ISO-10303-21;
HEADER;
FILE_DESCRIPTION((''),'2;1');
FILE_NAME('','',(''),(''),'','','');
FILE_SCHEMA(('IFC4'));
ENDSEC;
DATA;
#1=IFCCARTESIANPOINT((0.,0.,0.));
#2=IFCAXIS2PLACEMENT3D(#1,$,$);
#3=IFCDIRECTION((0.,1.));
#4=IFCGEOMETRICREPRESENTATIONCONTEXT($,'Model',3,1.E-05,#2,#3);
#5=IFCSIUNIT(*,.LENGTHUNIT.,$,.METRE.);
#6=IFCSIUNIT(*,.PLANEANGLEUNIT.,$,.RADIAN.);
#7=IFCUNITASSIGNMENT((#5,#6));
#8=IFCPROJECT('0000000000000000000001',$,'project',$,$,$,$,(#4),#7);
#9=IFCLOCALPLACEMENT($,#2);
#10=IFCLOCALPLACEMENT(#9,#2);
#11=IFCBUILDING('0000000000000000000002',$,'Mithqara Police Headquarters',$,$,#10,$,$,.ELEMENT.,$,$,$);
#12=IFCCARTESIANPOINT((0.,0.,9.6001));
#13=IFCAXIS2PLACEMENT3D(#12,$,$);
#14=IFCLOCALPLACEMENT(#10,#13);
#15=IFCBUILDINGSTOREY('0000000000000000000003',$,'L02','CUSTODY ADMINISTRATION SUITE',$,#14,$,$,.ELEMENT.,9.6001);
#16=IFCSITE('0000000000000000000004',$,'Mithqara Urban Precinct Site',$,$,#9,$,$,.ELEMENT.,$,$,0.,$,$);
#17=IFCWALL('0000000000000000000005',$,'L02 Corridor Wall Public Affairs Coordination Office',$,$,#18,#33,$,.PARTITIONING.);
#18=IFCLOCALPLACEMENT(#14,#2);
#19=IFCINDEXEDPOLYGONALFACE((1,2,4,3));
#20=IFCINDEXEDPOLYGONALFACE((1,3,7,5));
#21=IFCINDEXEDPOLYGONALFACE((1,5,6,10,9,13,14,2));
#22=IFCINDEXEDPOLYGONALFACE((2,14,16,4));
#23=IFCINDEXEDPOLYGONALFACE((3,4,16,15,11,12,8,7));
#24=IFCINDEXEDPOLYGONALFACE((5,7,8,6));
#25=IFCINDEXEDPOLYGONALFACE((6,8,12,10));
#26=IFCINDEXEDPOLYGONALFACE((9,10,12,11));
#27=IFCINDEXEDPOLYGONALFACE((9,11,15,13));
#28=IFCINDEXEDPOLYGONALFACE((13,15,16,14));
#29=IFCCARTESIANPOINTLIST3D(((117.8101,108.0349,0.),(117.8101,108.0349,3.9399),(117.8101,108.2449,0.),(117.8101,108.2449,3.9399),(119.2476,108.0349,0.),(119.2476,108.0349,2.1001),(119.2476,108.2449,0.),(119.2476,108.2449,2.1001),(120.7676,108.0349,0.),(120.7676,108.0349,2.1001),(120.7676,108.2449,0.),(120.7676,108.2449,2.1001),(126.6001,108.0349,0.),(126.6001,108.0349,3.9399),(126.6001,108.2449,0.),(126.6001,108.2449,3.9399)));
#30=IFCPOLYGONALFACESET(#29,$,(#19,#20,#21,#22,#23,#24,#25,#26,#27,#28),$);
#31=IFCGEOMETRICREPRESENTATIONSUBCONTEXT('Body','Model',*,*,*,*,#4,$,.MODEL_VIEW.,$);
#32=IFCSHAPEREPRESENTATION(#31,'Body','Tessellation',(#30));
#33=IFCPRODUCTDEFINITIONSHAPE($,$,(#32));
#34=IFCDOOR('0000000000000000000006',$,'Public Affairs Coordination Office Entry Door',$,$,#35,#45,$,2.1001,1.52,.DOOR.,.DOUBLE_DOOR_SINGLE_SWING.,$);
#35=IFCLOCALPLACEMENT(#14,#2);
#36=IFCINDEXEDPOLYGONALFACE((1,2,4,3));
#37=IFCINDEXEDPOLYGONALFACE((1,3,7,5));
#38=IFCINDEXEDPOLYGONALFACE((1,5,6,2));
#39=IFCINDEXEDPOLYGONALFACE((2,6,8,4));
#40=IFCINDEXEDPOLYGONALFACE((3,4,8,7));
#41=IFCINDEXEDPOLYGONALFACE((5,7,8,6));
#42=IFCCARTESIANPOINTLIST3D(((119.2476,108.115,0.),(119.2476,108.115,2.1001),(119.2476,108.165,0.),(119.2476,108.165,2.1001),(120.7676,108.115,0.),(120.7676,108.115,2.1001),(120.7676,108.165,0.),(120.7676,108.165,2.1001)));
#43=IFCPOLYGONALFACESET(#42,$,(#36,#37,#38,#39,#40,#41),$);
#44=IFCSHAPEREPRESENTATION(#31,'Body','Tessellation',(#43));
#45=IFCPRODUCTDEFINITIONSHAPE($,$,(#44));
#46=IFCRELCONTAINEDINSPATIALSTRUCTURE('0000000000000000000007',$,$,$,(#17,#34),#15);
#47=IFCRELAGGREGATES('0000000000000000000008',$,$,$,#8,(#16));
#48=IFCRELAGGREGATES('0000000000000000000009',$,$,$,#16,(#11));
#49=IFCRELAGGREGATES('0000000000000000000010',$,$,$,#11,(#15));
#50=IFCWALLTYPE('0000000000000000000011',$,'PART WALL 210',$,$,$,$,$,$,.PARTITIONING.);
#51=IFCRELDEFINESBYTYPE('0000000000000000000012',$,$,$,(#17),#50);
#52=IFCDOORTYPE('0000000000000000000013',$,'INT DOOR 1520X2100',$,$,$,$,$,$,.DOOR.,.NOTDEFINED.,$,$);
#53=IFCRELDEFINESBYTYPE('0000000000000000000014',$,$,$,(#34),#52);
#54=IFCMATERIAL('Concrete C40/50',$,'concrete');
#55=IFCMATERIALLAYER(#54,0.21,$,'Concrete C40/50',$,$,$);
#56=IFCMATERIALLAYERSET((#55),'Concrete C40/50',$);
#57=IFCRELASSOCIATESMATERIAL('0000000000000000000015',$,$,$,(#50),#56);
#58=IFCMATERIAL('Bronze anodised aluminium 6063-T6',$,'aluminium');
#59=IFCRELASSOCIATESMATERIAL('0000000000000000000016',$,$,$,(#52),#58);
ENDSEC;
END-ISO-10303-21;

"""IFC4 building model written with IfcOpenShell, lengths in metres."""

from ifc_helpers import new_model, si_unit, direction, frame, frame_2d, origin, place, context, subcontext, project, spatial, rectangle, extrude, material, layer, layer_set, type_object, element, fill, save


model = new_model("IFC4")

# Units and contexts
model_context = context("Model", 3, precision=1e-05, world=origin(), true_north=direction((0.0, 1.0)))
body_context = subcontext(model_context, "Body", "Model", "MODEL_VIEW")
ifc_project = project(units=[si_unit("LENGTHUNIT", "METRE"), si_unit("PLANEANGLEUNIT", "RADIAN")], contexts=[model_context])

# Site, building, storey
site_placement = place(None, origin())
site = spatial("IfcSite", under=ifc_project, at=site_placement, Name="Mithqara Urban Precinct Site", CompositionType="ELEMENT", RefElevation=0.0)
building_placement = place(site_placement, origin())
building = spatial("IfcBuilding", under=site, at=building_placement, Name="Mithqara Police Headquarters", CompositionType="ELEMENT")
storey_placement = place(building_placement, frame((0.0, 0.0, 9.6001)))
storey = spatial("IfcBuildingStorey", under=building, at=storey_placement, Name="L02", Description="CUSTODY ADMINISTRATION SUITE", CompositionType="ELEMENT", Elevation=9.6001)

# Shared definitions
ifc_material_1 = material(Name="Concrete C40/50", Category="concrete")

# Shared definitions
ifc_layer = layer(ifc_material_1, 0.21, Name="Concrete C40/50")
ifc_layer_set = layer_set([ifc_layer], Name="Concrete C40/50")
wall_type = type_object("IfcWallType", Name="PART WALL 210", PredefinedType="PARTITIONING", material=ifc_layer_set)

# Wall, opening, door
wall_1_placement = place(storey_placement, frame((117.8101, 108.1399, 0.0), z_axis=(0.0, 0.0, 1.0), x_axis=(1.0, 0.0, 0.0)))
wall_1 = element("IfcWall", 1, at=wall_1_placement, inside=storey, type_object=wall_type, Name="L02 Corridor Wall Public Affairs Coordination Office", PredefinedType="PARTITIONING", context=body_context, shape_type="SweptSolid", body=[
    extrude(rectangle(XDim=8.79, YDim=0.21, at=frame_2d((4.395, 0.0))), origin(), (0.0, 0.0, 1.0), 3.9399),
])
opening_placement = place(wall_1_placement, frame((1.4375, 0.0, 0.0)))
opening = element("IfcOpeningElement", 2, at=opening_placement, cuts=wall_1, PredefinedType="OPENING", context=body_context, shape_type="SweptSolid", body=[
    extrude(rectangle(XDim=1.52, YDim=2.1001, at=frame_2d((0.76, 1.05))), frame((0.0, 0.115, 0.0), z_axis=(0.0, -1.0, 0.0), x_axis=(1.0, 0.0, 0.0)), (0.0, 0.0, 1.0), 0.23),
])
ifc_material_2 = material(Name="Bronze anodised aluminium 6063-T6", Category="aluminium")
door_type = type_object("IfcDoorType", Name="INT DOOR 1520X2100", OperationType="NOTDEFINED", PredefinedType="DOOR", material=ifc_material_2)
door_placement = place(opening_placement, frame((1.52, 0.0, 0.0), z_axis=(0.0, 0.0, 1.0), x_axis=(-1.0, 0.0, 0.0)))
door = element("IfcDoor", 3, at=door_placement, inside=storey, type_object=door_type, Name="Public Affairs Coordination Office Entry Door", OperationType="DOUBLE_DOOR_SINGLE_SWING", OverallHeight=2.1001, OverallWidth=1.52, PredefinedType="DOOR", context=body_context, shape_type="SweptSolid", body=[
    extrude(rectangle(XDim=1.52, YDim=2.1001, at=frame_2d((0.76, 1.05))), frame((0.0, 0.0249, 0.0), z_axis=(0.0, -1.0, 0.0), x_axis=(1.0, 0.0, 0.0)), (0.0, 0.0, 1.0), 0.05),
])
fill(opening, door)

save(model, "model.ifc")
